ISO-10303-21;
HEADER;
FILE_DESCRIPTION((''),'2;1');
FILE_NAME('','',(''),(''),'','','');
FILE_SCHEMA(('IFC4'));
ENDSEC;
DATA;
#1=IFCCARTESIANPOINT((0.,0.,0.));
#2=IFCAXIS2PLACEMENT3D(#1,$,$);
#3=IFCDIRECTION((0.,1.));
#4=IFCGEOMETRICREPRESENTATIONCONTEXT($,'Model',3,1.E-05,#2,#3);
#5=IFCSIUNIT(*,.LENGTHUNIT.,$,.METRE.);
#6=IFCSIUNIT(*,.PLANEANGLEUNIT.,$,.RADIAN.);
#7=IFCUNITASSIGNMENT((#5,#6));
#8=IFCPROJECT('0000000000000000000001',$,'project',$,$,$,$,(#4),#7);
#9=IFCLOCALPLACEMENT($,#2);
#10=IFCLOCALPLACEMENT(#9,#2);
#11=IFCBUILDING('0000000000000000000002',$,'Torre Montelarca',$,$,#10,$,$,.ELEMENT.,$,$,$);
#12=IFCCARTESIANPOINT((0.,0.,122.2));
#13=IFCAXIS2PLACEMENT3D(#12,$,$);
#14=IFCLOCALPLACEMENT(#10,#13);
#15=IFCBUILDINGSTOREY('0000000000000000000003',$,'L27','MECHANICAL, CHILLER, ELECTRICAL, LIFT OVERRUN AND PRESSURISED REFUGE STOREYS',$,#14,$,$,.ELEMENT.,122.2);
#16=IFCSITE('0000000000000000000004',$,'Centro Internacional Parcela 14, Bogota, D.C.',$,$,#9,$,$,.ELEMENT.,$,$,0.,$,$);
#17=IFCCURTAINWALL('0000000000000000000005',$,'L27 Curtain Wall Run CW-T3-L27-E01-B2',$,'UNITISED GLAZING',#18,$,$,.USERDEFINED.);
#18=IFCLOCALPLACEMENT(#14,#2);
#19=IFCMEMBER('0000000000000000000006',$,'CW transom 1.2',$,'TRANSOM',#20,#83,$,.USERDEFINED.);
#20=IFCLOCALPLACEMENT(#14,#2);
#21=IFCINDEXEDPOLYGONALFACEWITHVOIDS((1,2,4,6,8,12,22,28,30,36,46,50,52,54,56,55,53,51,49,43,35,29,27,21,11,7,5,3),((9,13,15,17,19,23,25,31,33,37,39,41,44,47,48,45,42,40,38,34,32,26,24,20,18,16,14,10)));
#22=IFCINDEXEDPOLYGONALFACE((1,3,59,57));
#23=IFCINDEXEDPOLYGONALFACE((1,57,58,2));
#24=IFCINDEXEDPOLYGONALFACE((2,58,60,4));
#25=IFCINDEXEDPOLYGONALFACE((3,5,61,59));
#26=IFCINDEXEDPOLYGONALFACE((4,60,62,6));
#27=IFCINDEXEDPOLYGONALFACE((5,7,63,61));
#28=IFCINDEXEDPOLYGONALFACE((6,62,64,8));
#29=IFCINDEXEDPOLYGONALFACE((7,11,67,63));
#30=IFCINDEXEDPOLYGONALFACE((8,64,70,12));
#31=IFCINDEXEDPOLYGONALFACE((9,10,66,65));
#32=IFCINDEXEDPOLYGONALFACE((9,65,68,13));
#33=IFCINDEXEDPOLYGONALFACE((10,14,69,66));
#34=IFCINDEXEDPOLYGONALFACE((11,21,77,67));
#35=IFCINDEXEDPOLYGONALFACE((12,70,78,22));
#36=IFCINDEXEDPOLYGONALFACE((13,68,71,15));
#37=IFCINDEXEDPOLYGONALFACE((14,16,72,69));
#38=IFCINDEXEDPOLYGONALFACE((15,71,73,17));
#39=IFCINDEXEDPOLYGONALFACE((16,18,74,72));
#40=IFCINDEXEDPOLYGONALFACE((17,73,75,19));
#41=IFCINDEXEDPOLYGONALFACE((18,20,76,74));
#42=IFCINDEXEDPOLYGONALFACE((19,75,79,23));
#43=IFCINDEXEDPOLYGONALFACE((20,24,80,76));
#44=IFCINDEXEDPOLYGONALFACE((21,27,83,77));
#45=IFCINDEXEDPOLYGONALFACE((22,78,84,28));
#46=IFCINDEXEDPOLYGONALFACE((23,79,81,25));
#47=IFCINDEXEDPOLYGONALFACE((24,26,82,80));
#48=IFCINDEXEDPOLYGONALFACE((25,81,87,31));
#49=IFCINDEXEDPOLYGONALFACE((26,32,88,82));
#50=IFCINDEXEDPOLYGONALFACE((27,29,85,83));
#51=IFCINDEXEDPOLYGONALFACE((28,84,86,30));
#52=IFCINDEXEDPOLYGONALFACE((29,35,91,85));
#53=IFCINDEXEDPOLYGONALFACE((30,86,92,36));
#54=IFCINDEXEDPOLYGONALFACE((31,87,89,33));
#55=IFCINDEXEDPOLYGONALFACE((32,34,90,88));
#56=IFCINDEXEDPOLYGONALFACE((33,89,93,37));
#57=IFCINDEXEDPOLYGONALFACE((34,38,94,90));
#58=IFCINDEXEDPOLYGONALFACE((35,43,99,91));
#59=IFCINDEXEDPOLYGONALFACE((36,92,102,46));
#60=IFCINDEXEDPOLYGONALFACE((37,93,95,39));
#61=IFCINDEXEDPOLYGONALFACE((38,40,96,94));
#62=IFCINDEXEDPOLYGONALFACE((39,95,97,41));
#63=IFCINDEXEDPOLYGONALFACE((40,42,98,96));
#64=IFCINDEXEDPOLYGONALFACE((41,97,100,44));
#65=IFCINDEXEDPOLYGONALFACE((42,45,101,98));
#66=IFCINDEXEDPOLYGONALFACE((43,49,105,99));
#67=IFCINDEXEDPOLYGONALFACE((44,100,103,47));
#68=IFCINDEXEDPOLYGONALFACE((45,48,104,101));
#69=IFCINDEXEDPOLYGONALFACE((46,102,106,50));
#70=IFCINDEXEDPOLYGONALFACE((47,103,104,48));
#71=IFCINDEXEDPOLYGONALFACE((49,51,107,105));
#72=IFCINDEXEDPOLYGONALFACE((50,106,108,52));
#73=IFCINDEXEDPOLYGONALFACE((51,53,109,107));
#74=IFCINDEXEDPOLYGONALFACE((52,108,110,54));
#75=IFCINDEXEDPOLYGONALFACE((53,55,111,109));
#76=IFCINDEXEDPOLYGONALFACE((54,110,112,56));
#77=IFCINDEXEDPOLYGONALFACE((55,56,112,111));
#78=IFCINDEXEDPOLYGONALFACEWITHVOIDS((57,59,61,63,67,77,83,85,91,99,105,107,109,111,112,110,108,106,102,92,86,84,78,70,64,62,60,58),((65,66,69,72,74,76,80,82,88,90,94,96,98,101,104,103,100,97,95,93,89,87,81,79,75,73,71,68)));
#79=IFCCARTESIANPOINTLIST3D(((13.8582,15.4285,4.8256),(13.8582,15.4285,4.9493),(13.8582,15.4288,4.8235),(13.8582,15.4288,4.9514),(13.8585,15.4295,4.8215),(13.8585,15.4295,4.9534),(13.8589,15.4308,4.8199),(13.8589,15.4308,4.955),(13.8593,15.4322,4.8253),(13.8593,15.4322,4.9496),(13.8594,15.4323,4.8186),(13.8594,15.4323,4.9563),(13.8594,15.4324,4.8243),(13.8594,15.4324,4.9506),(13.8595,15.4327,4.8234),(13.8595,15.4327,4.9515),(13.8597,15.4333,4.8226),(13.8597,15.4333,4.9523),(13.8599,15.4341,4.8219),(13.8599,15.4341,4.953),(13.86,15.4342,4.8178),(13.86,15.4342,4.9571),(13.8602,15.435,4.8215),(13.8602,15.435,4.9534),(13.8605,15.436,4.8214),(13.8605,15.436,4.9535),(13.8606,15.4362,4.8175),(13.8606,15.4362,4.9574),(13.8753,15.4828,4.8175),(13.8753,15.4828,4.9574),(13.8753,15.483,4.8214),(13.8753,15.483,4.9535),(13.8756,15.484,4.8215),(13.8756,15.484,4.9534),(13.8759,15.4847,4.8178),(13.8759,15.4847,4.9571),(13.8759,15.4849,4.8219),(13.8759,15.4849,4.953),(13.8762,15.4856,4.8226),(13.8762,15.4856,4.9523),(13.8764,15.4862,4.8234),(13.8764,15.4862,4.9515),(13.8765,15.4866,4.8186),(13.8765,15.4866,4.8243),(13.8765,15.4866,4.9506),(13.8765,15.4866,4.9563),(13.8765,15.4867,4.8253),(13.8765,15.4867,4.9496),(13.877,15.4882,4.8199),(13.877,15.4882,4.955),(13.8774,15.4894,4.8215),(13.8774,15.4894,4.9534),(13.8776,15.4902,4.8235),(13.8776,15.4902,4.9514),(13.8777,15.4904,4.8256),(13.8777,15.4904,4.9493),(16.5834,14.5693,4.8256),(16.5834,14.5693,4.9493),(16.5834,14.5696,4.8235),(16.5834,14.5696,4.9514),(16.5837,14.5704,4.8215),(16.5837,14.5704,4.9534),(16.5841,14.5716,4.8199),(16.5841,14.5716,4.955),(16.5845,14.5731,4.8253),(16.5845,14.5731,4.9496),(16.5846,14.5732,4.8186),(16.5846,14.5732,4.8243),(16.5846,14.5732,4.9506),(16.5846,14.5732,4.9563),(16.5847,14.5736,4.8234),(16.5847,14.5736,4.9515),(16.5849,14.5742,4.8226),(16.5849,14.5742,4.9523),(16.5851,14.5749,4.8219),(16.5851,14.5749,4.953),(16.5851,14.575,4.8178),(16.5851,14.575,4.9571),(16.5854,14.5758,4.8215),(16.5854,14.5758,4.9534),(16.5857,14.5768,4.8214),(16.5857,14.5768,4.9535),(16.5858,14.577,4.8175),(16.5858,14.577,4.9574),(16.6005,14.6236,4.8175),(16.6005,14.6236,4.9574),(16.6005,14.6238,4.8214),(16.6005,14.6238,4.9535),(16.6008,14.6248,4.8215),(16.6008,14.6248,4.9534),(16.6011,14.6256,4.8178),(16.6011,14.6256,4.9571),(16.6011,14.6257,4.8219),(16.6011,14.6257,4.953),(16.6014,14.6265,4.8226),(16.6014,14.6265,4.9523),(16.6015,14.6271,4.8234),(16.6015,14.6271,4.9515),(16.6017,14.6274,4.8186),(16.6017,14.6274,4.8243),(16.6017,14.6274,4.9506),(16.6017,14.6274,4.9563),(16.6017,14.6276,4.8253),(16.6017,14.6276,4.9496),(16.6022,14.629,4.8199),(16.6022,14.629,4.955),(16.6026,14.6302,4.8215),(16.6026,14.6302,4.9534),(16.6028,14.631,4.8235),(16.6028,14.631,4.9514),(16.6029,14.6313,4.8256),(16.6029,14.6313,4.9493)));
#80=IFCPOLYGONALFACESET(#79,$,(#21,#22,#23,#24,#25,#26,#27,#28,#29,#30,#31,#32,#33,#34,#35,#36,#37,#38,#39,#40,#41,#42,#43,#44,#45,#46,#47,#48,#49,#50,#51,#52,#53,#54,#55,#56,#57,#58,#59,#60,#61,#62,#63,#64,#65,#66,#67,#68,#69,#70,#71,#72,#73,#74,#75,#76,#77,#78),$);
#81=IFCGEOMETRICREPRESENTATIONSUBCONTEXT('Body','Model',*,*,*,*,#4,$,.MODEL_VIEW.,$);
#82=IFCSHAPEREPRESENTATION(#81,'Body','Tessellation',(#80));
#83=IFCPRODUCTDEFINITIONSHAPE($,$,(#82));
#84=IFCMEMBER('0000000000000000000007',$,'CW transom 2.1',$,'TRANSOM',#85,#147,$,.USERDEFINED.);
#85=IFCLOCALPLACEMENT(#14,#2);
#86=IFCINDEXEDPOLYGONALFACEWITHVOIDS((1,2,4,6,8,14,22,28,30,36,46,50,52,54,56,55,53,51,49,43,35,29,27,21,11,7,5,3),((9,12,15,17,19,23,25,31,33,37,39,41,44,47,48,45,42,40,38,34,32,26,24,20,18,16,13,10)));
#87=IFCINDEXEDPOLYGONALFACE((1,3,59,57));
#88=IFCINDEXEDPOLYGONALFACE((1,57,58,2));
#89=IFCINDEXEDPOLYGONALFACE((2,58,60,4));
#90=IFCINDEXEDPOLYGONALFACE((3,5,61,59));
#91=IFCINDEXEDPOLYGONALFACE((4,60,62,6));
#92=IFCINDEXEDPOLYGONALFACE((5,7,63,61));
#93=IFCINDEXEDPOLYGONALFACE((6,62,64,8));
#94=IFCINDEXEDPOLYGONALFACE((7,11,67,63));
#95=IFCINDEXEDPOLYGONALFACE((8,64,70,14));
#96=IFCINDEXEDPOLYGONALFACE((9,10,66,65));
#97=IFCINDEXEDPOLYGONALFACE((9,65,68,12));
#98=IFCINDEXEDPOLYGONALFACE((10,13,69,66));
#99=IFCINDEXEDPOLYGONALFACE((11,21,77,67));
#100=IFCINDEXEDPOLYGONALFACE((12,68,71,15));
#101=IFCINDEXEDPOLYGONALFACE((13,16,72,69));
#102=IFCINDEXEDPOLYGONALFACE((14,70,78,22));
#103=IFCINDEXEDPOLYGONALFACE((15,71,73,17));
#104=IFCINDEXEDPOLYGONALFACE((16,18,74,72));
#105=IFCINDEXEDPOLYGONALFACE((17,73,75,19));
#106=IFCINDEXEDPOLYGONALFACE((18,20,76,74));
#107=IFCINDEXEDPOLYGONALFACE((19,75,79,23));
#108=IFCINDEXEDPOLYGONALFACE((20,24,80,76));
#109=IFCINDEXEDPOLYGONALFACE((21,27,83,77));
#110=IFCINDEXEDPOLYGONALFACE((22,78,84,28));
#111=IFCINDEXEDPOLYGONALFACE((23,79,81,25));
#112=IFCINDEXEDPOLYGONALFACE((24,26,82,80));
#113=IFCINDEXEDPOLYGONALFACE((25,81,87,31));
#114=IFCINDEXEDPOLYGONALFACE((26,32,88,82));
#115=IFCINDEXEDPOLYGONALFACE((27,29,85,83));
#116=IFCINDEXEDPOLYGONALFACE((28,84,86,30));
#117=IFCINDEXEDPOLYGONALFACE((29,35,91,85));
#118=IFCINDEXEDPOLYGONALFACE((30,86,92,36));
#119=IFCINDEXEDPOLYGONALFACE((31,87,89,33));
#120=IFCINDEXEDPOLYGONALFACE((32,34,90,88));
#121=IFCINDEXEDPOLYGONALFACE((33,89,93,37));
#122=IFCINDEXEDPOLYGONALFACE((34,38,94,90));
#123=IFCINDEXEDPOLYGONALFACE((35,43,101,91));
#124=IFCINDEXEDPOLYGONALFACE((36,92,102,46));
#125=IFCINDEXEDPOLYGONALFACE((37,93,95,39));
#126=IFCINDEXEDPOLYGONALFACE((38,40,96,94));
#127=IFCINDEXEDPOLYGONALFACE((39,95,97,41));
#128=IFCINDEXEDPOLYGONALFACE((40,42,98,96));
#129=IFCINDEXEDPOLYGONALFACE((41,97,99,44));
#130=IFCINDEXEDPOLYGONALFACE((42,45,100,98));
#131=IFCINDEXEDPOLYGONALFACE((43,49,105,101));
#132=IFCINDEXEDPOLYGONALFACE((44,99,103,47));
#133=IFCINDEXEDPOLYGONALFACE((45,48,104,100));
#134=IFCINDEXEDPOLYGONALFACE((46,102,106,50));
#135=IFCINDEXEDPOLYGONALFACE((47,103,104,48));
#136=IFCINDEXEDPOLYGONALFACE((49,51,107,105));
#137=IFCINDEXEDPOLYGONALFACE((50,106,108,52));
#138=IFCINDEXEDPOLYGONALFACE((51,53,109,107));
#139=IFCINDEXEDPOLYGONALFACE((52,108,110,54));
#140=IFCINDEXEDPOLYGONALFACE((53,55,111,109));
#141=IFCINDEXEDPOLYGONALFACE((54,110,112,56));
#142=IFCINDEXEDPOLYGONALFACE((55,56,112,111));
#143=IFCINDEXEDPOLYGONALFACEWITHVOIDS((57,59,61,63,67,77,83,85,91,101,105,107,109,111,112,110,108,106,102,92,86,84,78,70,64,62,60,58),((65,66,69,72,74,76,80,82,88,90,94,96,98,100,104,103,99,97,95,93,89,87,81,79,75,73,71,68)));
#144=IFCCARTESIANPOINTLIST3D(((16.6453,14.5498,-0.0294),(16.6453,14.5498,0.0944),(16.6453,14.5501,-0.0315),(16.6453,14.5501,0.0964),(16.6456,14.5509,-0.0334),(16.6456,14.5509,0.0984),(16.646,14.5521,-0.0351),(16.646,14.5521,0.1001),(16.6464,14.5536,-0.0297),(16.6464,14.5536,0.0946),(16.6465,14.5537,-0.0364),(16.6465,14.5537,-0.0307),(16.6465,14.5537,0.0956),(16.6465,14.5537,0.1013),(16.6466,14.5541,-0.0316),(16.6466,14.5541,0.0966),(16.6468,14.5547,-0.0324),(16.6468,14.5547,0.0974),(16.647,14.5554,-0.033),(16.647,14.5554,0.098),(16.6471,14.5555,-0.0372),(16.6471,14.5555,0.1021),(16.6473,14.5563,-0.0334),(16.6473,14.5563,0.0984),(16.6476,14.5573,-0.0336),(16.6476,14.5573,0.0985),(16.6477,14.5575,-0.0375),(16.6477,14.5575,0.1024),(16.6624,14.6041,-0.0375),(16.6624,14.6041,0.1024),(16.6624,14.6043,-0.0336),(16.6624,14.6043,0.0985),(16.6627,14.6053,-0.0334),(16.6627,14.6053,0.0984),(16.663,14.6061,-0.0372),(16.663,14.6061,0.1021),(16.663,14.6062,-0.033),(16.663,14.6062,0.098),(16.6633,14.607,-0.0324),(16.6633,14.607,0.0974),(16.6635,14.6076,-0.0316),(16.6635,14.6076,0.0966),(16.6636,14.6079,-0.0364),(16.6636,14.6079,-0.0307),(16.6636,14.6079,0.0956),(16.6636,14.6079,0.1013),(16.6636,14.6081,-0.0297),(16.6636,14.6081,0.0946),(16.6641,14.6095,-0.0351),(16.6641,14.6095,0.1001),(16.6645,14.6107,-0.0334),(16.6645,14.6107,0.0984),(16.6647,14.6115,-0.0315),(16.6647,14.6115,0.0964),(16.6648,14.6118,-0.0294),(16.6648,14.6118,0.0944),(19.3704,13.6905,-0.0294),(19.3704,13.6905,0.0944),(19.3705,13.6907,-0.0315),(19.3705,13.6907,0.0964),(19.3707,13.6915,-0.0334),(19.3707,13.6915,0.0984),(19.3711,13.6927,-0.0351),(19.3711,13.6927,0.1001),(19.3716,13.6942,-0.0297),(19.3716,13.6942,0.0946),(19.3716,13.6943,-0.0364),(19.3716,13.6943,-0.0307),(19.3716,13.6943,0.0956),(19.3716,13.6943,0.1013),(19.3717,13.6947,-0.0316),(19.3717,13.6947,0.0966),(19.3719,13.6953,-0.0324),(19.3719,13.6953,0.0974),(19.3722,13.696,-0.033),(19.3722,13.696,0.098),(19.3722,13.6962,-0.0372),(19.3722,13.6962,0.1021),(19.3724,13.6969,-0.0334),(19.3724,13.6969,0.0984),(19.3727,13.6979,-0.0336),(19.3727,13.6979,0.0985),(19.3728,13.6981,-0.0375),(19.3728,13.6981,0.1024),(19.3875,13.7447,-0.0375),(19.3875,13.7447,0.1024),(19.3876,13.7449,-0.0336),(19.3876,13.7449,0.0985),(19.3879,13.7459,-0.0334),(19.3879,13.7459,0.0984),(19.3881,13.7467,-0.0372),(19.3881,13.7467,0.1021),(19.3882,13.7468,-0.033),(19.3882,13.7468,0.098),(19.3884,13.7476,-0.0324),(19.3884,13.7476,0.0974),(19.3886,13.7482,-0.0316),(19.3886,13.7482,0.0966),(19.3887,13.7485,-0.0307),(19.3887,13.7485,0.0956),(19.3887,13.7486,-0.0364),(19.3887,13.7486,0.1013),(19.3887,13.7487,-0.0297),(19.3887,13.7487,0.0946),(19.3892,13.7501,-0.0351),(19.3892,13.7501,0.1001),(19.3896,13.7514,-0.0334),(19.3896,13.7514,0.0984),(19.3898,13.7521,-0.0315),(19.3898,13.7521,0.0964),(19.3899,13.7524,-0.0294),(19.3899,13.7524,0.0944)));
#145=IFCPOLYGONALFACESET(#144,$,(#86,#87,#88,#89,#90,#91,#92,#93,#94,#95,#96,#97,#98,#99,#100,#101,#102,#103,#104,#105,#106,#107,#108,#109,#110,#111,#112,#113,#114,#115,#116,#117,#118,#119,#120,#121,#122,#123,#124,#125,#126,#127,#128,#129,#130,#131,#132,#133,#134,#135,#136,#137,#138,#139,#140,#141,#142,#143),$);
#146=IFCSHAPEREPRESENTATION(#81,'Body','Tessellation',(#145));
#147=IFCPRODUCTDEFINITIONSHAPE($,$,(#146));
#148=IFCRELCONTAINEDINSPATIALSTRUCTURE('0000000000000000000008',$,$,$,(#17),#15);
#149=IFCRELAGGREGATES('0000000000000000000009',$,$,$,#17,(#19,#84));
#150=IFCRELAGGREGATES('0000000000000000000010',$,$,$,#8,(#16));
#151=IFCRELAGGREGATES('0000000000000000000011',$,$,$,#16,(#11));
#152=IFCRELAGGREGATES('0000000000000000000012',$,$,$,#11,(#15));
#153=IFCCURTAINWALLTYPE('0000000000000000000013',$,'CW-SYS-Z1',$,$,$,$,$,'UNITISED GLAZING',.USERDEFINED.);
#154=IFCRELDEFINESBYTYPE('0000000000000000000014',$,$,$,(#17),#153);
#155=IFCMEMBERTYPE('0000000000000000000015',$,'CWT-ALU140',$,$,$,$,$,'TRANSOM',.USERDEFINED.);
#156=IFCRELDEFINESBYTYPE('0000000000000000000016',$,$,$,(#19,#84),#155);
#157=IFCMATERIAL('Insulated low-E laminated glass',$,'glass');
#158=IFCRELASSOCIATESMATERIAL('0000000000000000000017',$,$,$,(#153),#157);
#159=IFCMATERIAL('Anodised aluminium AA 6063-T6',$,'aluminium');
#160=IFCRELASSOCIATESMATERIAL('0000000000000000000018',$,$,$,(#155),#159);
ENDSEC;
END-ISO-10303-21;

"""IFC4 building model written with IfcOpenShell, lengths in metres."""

from ifc_helpers import new_model, si_unit, direction, frame, origin, origin_2d, place, context, subcontext, project, spatial, hollow_rectangle, extrude, source, transform, mapped, material, material_profile, profile_set, type_object, element, aggregate, save


model = new_model("IFC4")

# Units and contexts
model_context = context("Model", 3, precision=1e-05, world=origin(), true_north=direction((0.0, 1.0)))
body_context = subcontext(model_context, "Body", "Model", "MODEL_VIEW")
ifc_project = project(units=[si_unit("LENGTHUNIT", "METRE"), si_unit("PLANEANGLEUNIT", "RADIAN")], contexts=[model_context])

# Site, building, storey
site_placement = place(None, origin())
site = spatial("IfcSite", under=ifc_project, at=site_placement, Name="Centro Internacional Parcela 14, Bogota, D.C.", CompositionType="ELEMENT", RefElevation=0.0)
building_placement = place(site_placement, origin())
building = spatial("IfcBuilding", under=site, at=building_placement, Name="Torre Montelarca", CompositionType="ELEMENT")
storey_placement = place(building_placement, frame((0.0, 0.0, 122.2)))
storey = spatial("IfcBuildingStorey", under=building, at=storey_placement, Name="L27", Description="MECHANICAL, CHILLER, ELECTRICAL, LIFT OVERRUN AND PRESSURISED REFUGE STOREYS", CompositionType="ELEMENT", Elevation=122.2)

# Curtain wall
ifc_material_1 = material(Name="Insulated low-E laminated glass", Category="glass")
curtain_wall_type = type_object("IfcCurtainWallType", Name="CW-SYS-Z1", ElementType="UNITISED GLAZING", PredefinedType="USERDEFINED", material=ifc_material_1)
ifc_material_2 = material(Name="Anodised aluminium AA 6063-T6", Category="aluminium")
ifc_material_profile_1 = material_profile(ifc_material_2, hollow_rectangle(XDim=0.0649, YDim=0.1399, WallThickness=0.0039, InnerFilletRadius=0.0039, OuterFilletRadius=0.0081, at=origin_2d()), Name="ALU65X140X4", Category="aluminium")
ifc_profile_set_1 = profile_set([ifc_material_profile_1], Name="Anodised aluminium AA 6063-T6")
member_type_1 = type_object("IfcMemberType", Name="CWT-ALU140", ElementType="TRANSOM", PredefinedType="USERDEFINED", material=ifc_profile_set_1)
curtain_wall_1_placement = place(storey_placement, origin())
curtain_wall_1 = element("IfcCurtainWall", 1, at=curtain_wall_1_placement, inside=storey, type_object=curtain_wall_type, Name="L27 Curtain Wall Run CW-T3-L27-E01-B2", ObjectType="UNITISED GLAZING", PredefinedType="USERDEFINED")

# Members
shared_shape_1 = source(origin(), body_context, "Body", "SweptSolid", [
    extrude(hollow_rectangle(XDim=0.0649, YDim=0.1399, WallThickness=0.0039, InnerFilletRadius=0.0039, OuterFilletRadius=0.0081, at=origin_2d()), origin(), (0.0, 0.0, 1.0), 2.8574),
])
member_1_placement = place(storey_placement, frame((13.8679, 15.4595, 4.8875), z_axis=(0.953726, -0.300677, 0.0), x_axis=(0.300677, 0.953726, 0.0)))
member_1 = element("IfcMember", 2, at=member_1_placement, type_object=member_type_1, Name="CW transom 1.2", ObjectType="TRANSOM", PredefinedType="USERDEFINED", context=body_context, shape_type="MappedRepresentation", body=[
    mapped(shared_shape_1, transform((0.0, 0.0, 0.0), scale=1.0)),
])
member_2_placement = place(storey_placement, frame((16.655, 14.5808, 0.0325), z_axis=(0.953701, -0.300755, 0.0), x_axis=(0.300755, 0.953701, 0.0)))
member_2 = element("IfcMember", 3, at=member_2_placement, type_object=member_type_1, Name="CW transom 2.1", ObjectType="TRANSOM", PredefinedType="USERDEFINED", context=body_context, shape_type="MappedRepresentation", body=[
    mapped(shared_shape_1, transform((0.0, 0.0, 0.0), scale=1.0)),
])

aggregate(curtain_wall_1, [member_1, member_2])

save(model, "model.ifc")
